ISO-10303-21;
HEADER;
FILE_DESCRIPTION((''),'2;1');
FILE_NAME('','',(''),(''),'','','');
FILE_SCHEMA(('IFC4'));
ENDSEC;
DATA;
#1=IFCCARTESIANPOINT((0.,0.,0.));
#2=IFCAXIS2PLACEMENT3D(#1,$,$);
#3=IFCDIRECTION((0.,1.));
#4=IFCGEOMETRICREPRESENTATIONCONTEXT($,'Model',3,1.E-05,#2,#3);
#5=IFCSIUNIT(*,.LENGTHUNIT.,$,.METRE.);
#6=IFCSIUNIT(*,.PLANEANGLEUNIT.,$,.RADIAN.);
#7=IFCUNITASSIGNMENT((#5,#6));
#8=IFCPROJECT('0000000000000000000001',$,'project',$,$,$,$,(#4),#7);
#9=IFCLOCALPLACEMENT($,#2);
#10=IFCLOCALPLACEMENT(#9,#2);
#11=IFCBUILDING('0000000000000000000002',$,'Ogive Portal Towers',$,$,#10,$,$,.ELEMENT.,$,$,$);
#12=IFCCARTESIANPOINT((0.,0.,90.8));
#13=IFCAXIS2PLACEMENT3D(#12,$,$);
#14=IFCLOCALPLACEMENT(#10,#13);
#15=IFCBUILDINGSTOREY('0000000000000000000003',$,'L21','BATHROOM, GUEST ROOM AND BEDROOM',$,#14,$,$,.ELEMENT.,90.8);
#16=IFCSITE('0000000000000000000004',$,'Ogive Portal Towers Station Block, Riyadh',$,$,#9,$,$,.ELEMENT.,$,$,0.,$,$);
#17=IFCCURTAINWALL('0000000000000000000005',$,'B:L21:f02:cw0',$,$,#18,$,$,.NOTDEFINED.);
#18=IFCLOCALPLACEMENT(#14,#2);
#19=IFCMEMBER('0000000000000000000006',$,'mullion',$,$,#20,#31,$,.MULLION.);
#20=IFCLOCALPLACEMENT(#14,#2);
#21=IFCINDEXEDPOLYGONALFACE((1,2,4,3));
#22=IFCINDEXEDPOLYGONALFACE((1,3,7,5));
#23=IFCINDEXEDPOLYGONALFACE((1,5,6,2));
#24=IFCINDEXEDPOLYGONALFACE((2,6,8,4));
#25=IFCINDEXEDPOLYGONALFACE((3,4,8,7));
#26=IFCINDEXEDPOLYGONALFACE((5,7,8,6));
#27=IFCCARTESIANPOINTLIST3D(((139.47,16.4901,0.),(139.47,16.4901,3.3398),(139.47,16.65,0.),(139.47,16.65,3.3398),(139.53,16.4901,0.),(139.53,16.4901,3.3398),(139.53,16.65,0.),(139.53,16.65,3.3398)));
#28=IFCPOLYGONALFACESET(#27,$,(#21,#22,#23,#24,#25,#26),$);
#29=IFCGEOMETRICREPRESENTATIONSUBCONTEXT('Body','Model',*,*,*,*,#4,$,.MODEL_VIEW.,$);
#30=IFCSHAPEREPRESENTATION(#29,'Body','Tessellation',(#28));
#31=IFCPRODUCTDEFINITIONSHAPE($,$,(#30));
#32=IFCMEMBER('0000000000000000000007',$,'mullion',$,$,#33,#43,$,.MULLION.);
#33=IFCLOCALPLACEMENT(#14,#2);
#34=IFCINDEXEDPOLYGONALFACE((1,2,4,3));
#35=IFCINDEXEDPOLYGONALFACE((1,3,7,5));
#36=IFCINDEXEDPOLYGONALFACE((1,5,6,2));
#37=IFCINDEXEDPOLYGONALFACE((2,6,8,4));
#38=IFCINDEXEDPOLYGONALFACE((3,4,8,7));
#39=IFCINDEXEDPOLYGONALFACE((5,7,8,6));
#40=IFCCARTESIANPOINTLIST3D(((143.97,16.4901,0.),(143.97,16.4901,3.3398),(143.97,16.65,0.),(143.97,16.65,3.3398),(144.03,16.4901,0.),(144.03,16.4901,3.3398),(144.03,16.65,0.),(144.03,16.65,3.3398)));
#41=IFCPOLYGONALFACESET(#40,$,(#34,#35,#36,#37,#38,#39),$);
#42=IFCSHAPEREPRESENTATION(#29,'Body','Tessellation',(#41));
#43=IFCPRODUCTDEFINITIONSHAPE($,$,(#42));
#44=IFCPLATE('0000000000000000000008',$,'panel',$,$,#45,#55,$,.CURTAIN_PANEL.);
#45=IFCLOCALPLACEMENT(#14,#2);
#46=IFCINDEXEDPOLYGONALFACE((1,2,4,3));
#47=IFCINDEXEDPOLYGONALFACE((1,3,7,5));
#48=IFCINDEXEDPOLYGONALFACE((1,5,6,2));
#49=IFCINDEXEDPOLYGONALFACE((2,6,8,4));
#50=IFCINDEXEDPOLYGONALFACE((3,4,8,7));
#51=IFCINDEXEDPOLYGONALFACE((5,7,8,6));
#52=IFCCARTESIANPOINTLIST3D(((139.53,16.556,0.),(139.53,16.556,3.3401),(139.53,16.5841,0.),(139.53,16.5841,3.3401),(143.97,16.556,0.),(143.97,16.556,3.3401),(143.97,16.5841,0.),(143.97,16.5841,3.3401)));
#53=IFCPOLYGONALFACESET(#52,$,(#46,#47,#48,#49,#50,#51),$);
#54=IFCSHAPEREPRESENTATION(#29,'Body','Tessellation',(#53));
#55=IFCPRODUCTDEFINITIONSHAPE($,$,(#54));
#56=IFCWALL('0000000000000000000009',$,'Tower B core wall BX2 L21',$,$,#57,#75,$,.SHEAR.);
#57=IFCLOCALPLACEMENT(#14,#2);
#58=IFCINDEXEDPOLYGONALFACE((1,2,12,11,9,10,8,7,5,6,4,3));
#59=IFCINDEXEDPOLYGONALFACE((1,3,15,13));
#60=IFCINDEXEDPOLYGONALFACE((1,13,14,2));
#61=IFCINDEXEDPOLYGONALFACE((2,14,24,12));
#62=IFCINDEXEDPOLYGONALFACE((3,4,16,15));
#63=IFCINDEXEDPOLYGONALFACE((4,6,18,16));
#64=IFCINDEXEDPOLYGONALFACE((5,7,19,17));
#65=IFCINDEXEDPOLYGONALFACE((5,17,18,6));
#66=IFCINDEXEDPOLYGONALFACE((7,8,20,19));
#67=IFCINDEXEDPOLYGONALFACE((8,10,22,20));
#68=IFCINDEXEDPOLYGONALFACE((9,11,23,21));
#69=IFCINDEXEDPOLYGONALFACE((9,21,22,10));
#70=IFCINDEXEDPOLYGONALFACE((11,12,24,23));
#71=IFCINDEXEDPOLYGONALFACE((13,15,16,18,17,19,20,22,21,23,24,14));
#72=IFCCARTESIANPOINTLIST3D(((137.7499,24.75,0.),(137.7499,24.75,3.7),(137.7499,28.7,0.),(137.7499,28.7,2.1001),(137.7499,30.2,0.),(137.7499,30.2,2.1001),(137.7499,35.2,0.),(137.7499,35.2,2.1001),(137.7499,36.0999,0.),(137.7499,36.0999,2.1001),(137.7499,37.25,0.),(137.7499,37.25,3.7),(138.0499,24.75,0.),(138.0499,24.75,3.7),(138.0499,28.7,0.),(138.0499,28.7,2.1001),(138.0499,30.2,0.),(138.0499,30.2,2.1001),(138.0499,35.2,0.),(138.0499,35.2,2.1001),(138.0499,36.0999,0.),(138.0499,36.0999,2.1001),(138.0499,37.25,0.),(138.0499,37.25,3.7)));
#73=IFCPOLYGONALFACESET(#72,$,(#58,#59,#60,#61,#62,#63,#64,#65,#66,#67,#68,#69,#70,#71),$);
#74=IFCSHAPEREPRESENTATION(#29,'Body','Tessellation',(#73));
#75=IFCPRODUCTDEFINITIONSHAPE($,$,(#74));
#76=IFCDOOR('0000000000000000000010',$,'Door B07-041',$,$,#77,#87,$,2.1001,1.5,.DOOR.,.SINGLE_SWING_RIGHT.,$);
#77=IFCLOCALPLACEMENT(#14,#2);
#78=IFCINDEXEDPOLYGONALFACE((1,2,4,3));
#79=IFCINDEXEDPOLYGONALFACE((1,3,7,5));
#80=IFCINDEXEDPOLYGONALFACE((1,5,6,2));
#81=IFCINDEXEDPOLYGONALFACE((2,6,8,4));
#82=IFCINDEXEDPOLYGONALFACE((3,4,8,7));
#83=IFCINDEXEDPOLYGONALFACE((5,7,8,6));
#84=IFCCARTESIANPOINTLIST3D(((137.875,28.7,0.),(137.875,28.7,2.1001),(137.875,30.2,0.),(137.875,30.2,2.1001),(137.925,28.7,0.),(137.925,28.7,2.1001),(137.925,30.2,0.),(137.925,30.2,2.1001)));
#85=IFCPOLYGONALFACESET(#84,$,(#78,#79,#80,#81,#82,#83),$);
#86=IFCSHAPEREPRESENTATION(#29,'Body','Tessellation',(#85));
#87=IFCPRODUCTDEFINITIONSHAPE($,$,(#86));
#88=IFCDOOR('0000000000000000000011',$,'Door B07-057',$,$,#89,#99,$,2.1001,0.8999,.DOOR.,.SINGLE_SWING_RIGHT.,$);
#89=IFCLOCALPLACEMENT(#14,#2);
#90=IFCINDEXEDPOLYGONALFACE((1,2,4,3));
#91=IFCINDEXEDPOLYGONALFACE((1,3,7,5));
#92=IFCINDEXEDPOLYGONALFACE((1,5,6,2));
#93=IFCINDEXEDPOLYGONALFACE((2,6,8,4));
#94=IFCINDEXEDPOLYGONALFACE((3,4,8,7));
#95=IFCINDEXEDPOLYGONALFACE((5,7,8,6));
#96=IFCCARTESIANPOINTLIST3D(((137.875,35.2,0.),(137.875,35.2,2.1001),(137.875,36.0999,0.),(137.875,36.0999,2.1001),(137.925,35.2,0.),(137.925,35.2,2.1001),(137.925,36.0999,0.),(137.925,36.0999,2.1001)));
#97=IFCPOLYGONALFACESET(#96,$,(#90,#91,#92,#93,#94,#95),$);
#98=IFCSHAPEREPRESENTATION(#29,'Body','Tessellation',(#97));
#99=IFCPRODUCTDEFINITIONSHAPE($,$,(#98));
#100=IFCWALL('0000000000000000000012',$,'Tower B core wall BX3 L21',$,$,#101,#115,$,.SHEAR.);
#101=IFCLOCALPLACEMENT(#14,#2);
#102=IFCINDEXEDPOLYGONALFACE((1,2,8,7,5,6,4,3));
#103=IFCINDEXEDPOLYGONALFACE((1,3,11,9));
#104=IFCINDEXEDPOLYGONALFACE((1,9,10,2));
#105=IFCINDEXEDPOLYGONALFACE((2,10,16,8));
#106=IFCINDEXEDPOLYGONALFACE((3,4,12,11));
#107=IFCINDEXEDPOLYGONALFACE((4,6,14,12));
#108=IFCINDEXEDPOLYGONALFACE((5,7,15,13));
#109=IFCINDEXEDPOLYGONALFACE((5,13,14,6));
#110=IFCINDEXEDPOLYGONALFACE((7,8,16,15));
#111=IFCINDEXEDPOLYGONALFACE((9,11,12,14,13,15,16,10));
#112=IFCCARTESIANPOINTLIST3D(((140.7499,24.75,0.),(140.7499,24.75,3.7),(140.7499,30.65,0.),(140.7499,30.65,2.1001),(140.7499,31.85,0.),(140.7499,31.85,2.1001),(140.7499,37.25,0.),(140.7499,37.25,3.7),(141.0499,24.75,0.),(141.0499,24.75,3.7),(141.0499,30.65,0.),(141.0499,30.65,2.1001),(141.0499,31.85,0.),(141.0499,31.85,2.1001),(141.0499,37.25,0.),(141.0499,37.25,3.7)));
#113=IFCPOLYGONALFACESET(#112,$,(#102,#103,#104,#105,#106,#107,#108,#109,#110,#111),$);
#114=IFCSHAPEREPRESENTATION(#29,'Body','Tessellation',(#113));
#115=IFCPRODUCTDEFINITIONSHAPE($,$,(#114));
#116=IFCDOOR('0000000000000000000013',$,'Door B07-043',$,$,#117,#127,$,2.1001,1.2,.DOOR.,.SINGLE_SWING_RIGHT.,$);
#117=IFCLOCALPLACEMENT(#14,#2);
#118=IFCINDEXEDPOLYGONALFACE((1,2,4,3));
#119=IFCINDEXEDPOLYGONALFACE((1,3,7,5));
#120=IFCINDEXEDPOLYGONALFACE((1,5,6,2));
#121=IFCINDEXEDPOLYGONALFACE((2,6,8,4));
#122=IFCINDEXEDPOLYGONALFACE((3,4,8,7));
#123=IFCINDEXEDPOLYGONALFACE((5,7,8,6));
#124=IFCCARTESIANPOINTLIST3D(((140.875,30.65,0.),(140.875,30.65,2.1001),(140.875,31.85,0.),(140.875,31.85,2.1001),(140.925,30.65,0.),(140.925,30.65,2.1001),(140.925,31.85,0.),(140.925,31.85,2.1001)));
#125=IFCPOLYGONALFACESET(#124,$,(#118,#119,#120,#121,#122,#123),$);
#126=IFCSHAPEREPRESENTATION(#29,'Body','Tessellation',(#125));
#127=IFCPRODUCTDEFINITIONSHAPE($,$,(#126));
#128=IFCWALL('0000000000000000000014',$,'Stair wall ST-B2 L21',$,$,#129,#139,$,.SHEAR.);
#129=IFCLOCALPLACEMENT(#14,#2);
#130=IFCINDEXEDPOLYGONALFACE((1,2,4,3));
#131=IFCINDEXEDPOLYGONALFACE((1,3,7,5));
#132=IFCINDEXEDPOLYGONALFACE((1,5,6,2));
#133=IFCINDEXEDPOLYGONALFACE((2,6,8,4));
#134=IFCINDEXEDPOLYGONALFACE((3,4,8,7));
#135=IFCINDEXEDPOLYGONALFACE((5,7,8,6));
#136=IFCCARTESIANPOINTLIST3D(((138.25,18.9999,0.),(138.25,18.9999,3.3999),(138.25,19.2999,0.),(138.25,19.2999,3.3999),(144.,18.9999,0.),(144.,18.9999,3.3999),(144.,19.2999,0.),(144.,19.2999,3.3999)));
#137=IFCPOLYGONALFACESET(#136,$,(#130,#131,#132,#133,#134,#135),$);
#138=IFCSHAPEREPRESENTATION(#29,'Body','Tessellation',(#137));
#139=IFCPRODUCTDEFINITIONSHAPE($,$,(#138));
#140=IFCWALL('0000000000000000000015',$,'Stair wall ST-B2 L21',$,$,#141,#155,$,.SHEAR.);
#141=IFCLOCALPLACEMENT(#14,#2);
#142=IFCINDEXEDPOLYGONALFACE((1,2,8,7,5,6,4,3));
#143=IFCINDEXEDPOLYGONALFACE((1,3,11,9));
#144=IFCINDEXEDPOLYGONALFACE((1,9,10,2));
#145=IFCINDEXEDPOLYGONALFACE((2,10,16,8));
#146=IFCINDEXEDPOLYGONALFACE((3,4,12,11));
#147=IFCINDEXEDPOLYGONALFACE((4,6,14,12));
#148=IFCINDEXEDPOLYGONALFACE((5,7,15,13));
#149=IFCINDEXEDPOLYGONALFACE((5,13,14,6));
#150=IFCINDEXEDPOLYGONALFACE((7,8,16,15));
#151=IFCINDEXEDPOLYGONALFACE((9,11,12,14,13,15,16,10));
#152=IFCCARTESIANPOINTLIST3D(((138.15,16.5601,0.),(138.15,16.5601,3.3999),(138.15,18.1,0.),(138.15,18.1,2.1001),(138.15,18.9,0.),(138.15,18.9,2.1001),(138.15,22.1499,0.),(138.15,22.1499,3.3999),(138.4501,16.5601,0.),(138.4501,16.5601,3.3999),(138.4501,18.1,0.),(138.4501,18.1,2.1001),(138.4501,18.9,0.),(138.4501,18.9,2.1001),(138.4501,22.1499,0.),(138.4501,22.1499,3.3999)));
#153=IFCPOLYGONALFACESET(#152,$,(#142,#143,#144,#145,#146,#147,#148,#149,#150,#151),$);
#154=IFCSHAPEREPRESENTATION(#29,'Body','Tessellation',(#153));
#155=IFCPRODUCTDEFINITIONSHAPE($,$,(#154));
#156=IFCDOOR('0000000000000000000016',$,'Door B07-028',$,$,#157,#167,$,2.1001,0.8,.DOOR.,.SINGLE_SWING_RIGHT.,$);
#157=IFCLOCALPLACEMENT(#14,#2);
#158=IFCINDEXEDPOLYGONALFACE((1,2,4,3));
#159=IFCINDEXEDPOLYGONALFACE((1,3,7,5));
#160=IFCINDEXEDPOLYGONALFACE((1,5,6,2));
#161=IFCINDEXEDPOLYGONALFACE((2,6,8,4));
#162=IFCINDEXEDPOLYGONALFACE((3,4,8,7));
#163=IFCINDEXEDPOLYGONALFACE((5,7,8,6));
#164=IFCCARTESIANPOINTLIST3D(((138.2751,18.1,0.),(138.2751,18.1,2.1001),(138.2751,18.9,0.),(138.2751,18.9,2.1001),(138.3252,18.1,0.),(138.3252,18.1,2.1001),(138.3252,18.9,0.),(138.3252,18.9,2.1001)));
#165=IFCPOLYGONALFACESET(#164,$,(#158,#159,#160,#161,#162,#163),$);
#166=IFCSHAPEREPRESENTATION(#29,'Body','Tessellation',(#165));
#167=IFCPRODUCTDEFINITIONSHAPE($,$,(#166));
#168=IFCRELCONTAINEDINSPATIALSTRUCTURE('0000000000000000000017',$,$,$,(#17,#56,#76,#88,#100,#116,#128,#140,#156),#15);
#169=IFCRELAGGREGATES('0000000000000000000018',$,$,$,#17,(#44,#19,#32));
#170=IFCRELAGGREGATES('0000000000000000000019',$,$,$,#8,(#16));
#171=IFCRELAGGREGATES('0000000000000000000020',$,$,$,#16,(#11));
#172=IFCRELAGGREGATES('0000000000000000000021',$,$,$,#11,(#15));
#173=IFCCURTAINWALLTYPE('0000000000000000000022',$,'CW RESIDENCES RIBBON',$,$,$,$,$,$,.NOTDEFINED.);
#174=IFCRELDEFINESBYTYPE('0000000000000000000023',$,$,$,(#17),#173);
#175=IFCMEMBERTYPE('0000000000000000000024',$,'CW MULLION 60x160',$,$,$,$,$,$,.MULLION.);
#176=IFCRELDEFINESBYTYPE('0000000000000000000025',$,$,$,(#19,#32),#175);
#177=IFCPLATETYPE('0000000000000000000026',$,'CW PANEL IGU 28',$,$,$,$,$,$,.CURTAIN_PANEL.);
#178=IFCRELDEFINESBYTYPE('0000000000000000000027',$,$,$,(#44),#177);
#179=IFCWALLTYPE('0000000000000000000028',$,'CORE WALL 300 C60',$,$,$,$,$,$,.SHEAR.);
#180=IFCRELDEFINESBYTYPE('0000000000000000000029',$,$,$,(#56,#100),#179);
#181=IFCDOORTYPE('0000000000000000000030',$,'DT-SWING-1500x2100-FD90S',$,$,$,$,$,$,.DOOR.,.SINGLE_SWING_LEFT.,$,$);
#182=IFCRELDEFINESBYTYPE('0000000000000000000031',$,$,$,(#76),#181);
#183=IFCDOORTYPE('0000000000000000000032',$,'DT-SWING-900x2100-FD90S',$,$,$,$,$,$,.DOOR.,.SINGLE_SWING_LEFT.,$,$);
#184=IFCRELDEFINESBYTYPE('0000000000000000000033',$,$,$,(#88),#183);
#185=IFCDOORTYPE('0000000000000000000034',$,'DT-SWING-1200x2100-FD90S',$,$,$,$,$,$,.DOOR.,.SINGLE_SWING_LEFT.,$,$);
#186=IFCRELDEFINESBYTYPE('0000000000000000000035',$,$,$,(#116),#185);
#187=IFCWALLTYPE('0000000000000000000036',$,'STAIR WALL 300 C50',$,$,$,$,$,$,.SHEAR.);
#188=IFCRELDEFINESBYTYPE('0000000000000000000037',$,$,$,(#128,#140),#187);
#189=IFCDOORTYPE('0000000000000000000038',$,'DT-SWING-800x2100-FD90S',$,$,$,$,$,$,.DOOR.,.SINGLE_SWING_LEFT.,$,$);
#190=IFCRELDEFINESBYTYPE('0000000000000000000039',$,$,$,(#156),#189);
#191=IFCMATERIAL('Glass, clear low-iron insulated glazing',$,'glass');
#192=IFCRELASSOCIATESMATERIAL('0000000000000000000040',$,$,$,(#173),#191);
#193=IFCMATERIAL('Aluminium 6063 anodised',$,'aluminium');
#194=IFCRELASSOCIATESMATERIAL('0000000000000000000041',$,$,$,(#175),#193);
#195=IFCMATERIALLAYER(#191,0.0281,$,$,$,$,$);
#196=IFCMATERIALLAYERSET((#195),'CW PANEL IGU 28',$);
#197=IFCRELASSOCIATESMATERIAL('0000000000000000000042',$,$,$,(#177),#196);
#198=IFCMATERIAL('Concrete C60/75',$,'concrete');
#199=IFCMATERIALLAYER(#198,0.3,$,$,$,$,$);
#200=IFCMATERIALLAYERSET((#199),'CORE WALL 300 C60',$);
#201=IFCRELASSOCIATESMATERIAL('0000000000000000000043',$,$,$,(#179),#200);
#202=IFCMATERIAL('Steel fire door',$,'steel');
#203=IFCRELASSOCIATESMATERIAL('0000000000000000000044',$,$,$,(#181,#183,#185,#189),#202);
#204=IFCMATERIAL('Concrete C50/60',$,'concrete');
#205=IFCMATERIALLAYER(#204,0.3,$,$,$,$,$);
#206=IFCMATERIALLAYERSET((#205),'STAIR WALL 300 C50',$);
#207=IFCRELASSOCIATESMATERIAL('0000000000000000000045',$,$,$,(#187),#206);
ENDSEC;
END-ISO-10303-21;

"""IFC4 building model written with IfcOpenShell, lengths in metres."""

from ifc_helpers import new_model, si_unit, direction, frame, frame_2d, origin, origin_2d, place, context, subcontext, project, spatial, rectangle, extrude, material, layer, layer_set, material_profile, profile_set, type_object, element, fill, aggregate, save


model = new_model("IFC4")

# Units and contexts
model_context = context("Model", 3, precision=1e-05, world=origin(), true_north=direction((0.0, 1.0)))
body_context = subcontext(model_context, "Body", "Model", "MODEL_VIEW")
ifc_project = project(units=[si_unit("LENGTHUNIT", "METRE"), si_unit("PLANEANGLEUNIT", "RADIAN")], contexts=[model_context])

# Site, building, storey
site_placement = place(None, origin())
site = spatial("IfcSite", under=ifc_project, at=site_placement, Name="Ogive Portal Towers Station Block, Riyadh", CompositionType="ELEMENT", RefElevation=0.0)
building_placement = place(site_placement, origin())
building = spatial("IfcBuilding", under=site, at=building_placement, Name="Ogive Portal Towers", CompositionType="ELEMENT")
storey_placement = place(building_placement, frame((0.0, 0.0, 90.8)))
storey = spatial("IfcBuildingStorey", under=building, at=storey_placement, Name="L21", Description="BATHROOM, GUEST ROOM AND BEDROOM", CompositionType="ELEMENT", Elevation=90.8)

# Curtain wall, members, plate
ifc_material_1 = material(Name="Glass, clear low-iron insulated glazing", Category="glass")
curtain_wall_type = type_object("IfcCurtainWallType", Name="CW RESIDENCES RIBBON", PredefinedType="NOTDEFINED", material=ifc_material_1)
curtain_wall_placement = place(storey_placement, origin())
curtain_wall = element("IfcCurtainWall", 1, at=curtain_wall_placement, inside=storey, type_object=curtain_wall_type, Name="B:L21:f02:cw0", PredefinedType="NOTDEFINED")
ifc_material_2 = material(Name="Aluminium 6063 anodised", Category="aluminium")
ifc_material_profile = material_profile(ifc_material_2, rectangle(XDim=0.1599, YDim=0.0601, at=origin_2d()), Name="AL 60x160")
ifc_profile_set = profile_set([ifc_material_profile], Name="Aluminium 6063 anodised")
member_type = type_object("IfcMemberType", Name="CW MULLION 60x160", PredefinedType="MULLION", material=ifc_profile_set)
member_1_placement = place(storey_placement, frame((139.5, 16.5701, 0.0), z_axis=(0.0, 0.0, 1.0), x_axis=(0.0, 1.0, 0.0)))
member_1 = element("IfcMember", 2, at=member_1_placement, type_object=member_type, Name="mullion", PredefinedType="MULLION", context=body_context, shape_type="SweptSolid", body=[
    extrude(rectangle(XDim=0.1599, YDim=0.0601, at=origin_2d()), origin(), (0.0, 0.0, 1.0), 3.3398),
])
member_2_placement = place(storey_placement, frame((144.0, 16.5701, 0.0), z_axis=(0.0, 0.0, 1.0), x_axis=(0.0, 1.0, 0.0)))
member_2 = element("IfcMember", 3, at=member_2_placement, type_object=member_type, Name="mullion", PredefinedType="MULLION", context=body_context, shape_type="SweptSolid", body=[
    extrude(rectangle(XDim=0.1599, YDim=0.0601, at=origin_2d()), origin(), (0.0, 0.0, 1.0), 3.3398),
])
ifc_layer_1 = layer(ifc_material_1, 0.0281)
ifc_layer_set_1 = layer_set([ifc_layer_1], Name="CW PANEL IGU 28")
plate_type = type_object("IfcPlateType", Name="CW PANEL IGU 28", PredefinedType="CURTAIN_PANEL", material=ifc_layer_set_1)
plate_placement = place(storey_placement, frame((141.75, 16.5701, 0.0), z_axis=(0.0, 0.0, 1.0), x_axis=(1.0, 0.0, 0.0)))
plate = element("IfcPlate", 4, at=plate_placement, type_object=plate_type, Name="panel", PredefinedType="CURTAIN_PANEL", context=body_context, shape_type="SweptSolid", body=[
    extrude(rectangle(XDim=4.4399, YDim=0.0281, at=origin_2d()), origin(), (0.0, 0.0, 1.0), 3.3401),
])
aggregate(curtain_wall, [plate, member_1, member_2])

# Wall, openings, doors
ifc_material_3 = material(Name="Concrete C60/75", Category="concrete")
ifc_layer_2 = layer(ifc_material_3, 0.3)
ifc_layer_set_2 = layer_set([ifc_layer_2], Name="CORE WALL 300 C60")
wall_type_1 = type_object("IfcWallType", Name="CORE WALL 300 C60", PredefinedType="SHEAR", material=ifc_layer_set_2)
wall_1_placement = place(storey_placement, frame((137.8999, 24.75, 0.0), z_axis=(0.0, 0.0, 1.0), x_axis=(0.0, 1.0, 0.0)))
wall_1 = element("IfcWall", 5, at=wall_1_placement, inside=storey, type_object=wall_type_1, Name="Tower B core wall BX2 L21", PredefinedType="SHEAR", context=body_context, shape_type="SweptSolid", body=[
    extrude(rectangle(XDim=12.5, YDim=0.3, at=frame_2d((6.25, 0.0))), origin(), (0.0, 0.0, 1.0), 3.7),
])
opening_1_placement = place(wall_1_placement, frame((3.95, 0.0, 0.0)))
opening_1 = element("IfcOpeningElement", 6, at=opening_1_placement, cuts=wall_1, PredefinedType="OPENING", context=body_context, shape_type="SweptSolid", body=[
    extrude(rectangle(XDim=1.5, YDim=2.1001, at=frame_2d((0.75, 1.05))), frame((0.0, 0.1602, 0.0), z_axis=(0.0, -1.0, 0.0), x_axis=(1.0, 0.0, 0.0)), (0.0, 0.0, 1.0), 0.3201),
])
opening_2_placement = place(wall_1_placement, frame((10.45, 0.0, 0.0)))
opening_2 = element("IfcOpeningElement", 7, at=opening_2_placement, cuts=wall_1, PredefinedType="OPENING", context=body_context, shape_type="SweptSolid", body=[
    extrude(rectangle(XDim=0.8999, YDim=2.1001, at=frame_2d((0.45, 1.05))), frame((0.0, 0.1602, 0.0), z_axis=(0.0, -1.0, 0.0), x_axis=(1.0, 0.0, 0.0)), (0.0, 0.0, 1.0), 0.3201),
])
ifc_material_4 = material(Name="Steel fire door", Category="steel")
door_type_1 = type_object("IfcDoorType", Name="DT-SWING-1500x2100-FD90S", OperationType="SINGLE_SWING_LEFT", PredefinedType="DOOR", material=ifc_material_4)
door_1_placement = place(opening_1_placement, origin())
door_1 = element("IfcDoor", 8, at=door_1_placement, inside=storey, type_object=door_type_1, Name="Door B07-041", OperationType="SINGLE_SWING_RIGHT", OverallHeight=2.1001, OverallWidth=1.5, PredefinedType="DOOR", context=body_context, shape_type="SweptSolid", body=[
    extrude(rectangle(XDim=1.5, YDim=2.1001, at=frame_2d((0.75, 1.05))), frame((0.0, 0.0249, 0.0), z_axis=(0.0, -1.0, 0.0), x_axis=(1.0, 0.0, 0.0)), (0.0, 0.0, 1.0), 0.05),
])
fill(opening_1, door_1)
door_type_2 = type_object("IfcDoorType", Name="DT-SWING-900x2100-FD90S", OperationType="SINGLE_SWING_LEFT", PredefinedType="DOOR", material=ifc_material_4)
door_2_placement = place(opening_2_placement, origin())
door_2 = element("IfcDoor", 9, at=door_2_placement, inside=storey, type_object=door_type_2, Name="Door B07-057", OperationType="SINGLE_SWING_RIGHT", OverallHeight=2.1001, OverallWidth=0.8999, PredefinedType="DOOR", context=body_context, shape_type="SweptSolid", body=[
    extrude(rectangle(XDim=0.8999, YDim=2.1001, at=frame_2d((0.45, 1.05))), frame((0.0, 0.0249, 0.0), z_axis=(0.0, -1.0, 0.0), x_axis=(1.0, 0.0, 0.0)), (0.0, 0.0, 1.0), 0.05),
])
fill(opening_2, door_2)

# Wall, opening, door
wall_2_placement = place(storey_placement, frame((140.8999, 24.75, 0.0), z_axis=(0.0, 0.0, 1.0), x_axis=(0.0, 1.0, 0.0)))
wall_2 = element("IfcWall", 10, at=wall_2_placement, inside=storey, type_object=wall_type_1, Name="Tower B core wall BX3 L21", PredefinedType="SHEAR", context=body_context, shape_type="SweptSolid", body=[
    extrude(rectangle(XDim=12.5, YDim=0.3, at=frame_2d((6.25, 0.0))), origin(), (0.0, 0.0, 1.0), 3.7),
])
opening_3_placement = place(wall_2_placement, frame((5.8999, 0.0, 0.0)))
opening_3 = element("IfcOpeningElement", 11, at=opening_3_placement, cuts=wall_2, PredefinedType="OPENING", context=body_context, shape_type="SweptSolid", body=[
    extrude(rectangle(XDim=1.2, YDim=2.1001, at=frame_2d((0.6001, 1.05))), frame((0.0, 0.1602, 0.0), z_axis=(0.0, -1.0, 0.0), x_axis=(1.0, 0.0, 0.0)), (0.0, 0.0, 1.0), 0.3201),
])
door_type_3 = type_object("IfcDoorType", Name="DT-SWING-1200x2100-FD90S", OperationType="SINGLE_SWING_LEFT", PredefinedType="DOOR", material=ifc_material_4)
door_3_placement = place(opening_3_placement, origin())
door_3 = element("IfcDoor", 12, at=door_3_placement, inside=storey, type_object=door_type_3, Name="Door B07-043", OperationType="SINGLE_SWING_RIGHT", OverallHeight=2.1001, OverallWidth=1.2, PredefinedType="DOOR", context=body_context, shape_type="SweptSolid", body=[
    extrude(rectangle(XDim=1.2, YDim=2.1001, at=frame_2d((0.6001, 1.05))), frame((0.0, 0.0249, 0.0), z_axis=(0.0, -1.0, 0.0), x_axis=(1.0, 0.0, 0.0)), (0.0, 0.0, 1.0), 0.05),
])
fill(opening_3, door_3)

# Wall
ifc_material_5 = material(Name="Concrete C50/60", Category="concrete")
ifc_layer_3 = layer(ifc_material_5, 0.3)
ifc_layer_set_3 = layer_set([ifc_layer_3], Name="STAIR WALL 300 C50")
wall_type_2 = type_object("IfcWallType", Name="STAIR WALL 300 C50", PredefinedType="SHEAR", material=ifc_layer_set_3)
wall_3_placement = place(storey_placement, frame((138.25, 19.1499, 0.0), z_axis=(0.0, 0.0, 1.0), x_axis=(1.0, 0.0, 0.0)))
element("IfcWall", 13, at=wall_3_placement, inside=storey, type_object=wall_type_2, Name="Stair wall ST-B2 L21", PredefinedType="SHEAR", context=body_context, shape_type="SweptSolid", body=[
    extrude(rectangle(XDim=5.75, YDim=0.3, at=frame_2d((2.875, 0.0))), origin(), (0.0, 0.0, 1.0), 3.3999),
])

# Wall, opening, door
wall_4_placement = place(storey_placement, frame((138.3, 16.5601, 0.0), z_axis=(0.0, 0.0, 1.0), x_axis=(0.0, 1.0, 0.0)))
wall_4 = element("IfcWall", 14, at=wall_4_placement, inside=storey, type_object=wall_type_2, Name="Stair wall ST-B2 L21", PredefinedType="SHEAR", context=body_context, shape_type="SweptSolid", body=[
    extrude(rectangle(XDim=5.5898, YDim=0.3, at=frame_2d((2.7949, 0.0))), origin(), (0.0, 0.0, 1.0), 3.3999),
])
opening_4_placement = place(wall_4_placement, frame((1.54, 0.0, 0.0)))
opening_4 = element("IfcOpeningElement", 15, at=opening_4_placement, cuts=wall_4, PredefinedType="OPENING", context=body_context, shape_type="SweptSolid", body=[
    extrude(rectangle(XDim=0.8, YDim=2.1001, at=frame_2d((0.3999, 1.05))), frame((0.0, 0.1602, 0.0), z_axis=(0.0, -1.0, 0.0), x_axis=(1.0, 0.0, 0.0)), (0.0, 0.0, 1.0), 0.3201),
])
door_type_4 = type_object("IfcDoorType", Name="DT-SWING-800x2100-FD90S", OperationType="SINGLE_SWING_LEFT", PredefinedType="DOOR", material=ifc_material_4)
door_4_placement = place(opening_4_placement, origin())
door_4 = element("IfcDoor", 16, at=door_4_placement, inside=storey, type_object=door_type_4, Name="Door B07-028", OperationType="SINGLE_SWING_RIGHT", OverallHeight=2.1001, OverallWidth=0.8, PredefinedType="DOOR", context=body_context, shape_type="SweptSolid", body=[
    extrude(rectangle(XDim=0.8, YDim=2.1001, at=frame_2d((0.3999, 1.05))), frame((0.0, 0.0249, 0.0), z_axis=(0.0, -1.0, 0.0), x_axis=(1.0, 0.0, 0.0)), (0.0, 0.0, 1.0), 0.05),
])
fill(opening_4, door_4)

save(model, "model.ifc")
